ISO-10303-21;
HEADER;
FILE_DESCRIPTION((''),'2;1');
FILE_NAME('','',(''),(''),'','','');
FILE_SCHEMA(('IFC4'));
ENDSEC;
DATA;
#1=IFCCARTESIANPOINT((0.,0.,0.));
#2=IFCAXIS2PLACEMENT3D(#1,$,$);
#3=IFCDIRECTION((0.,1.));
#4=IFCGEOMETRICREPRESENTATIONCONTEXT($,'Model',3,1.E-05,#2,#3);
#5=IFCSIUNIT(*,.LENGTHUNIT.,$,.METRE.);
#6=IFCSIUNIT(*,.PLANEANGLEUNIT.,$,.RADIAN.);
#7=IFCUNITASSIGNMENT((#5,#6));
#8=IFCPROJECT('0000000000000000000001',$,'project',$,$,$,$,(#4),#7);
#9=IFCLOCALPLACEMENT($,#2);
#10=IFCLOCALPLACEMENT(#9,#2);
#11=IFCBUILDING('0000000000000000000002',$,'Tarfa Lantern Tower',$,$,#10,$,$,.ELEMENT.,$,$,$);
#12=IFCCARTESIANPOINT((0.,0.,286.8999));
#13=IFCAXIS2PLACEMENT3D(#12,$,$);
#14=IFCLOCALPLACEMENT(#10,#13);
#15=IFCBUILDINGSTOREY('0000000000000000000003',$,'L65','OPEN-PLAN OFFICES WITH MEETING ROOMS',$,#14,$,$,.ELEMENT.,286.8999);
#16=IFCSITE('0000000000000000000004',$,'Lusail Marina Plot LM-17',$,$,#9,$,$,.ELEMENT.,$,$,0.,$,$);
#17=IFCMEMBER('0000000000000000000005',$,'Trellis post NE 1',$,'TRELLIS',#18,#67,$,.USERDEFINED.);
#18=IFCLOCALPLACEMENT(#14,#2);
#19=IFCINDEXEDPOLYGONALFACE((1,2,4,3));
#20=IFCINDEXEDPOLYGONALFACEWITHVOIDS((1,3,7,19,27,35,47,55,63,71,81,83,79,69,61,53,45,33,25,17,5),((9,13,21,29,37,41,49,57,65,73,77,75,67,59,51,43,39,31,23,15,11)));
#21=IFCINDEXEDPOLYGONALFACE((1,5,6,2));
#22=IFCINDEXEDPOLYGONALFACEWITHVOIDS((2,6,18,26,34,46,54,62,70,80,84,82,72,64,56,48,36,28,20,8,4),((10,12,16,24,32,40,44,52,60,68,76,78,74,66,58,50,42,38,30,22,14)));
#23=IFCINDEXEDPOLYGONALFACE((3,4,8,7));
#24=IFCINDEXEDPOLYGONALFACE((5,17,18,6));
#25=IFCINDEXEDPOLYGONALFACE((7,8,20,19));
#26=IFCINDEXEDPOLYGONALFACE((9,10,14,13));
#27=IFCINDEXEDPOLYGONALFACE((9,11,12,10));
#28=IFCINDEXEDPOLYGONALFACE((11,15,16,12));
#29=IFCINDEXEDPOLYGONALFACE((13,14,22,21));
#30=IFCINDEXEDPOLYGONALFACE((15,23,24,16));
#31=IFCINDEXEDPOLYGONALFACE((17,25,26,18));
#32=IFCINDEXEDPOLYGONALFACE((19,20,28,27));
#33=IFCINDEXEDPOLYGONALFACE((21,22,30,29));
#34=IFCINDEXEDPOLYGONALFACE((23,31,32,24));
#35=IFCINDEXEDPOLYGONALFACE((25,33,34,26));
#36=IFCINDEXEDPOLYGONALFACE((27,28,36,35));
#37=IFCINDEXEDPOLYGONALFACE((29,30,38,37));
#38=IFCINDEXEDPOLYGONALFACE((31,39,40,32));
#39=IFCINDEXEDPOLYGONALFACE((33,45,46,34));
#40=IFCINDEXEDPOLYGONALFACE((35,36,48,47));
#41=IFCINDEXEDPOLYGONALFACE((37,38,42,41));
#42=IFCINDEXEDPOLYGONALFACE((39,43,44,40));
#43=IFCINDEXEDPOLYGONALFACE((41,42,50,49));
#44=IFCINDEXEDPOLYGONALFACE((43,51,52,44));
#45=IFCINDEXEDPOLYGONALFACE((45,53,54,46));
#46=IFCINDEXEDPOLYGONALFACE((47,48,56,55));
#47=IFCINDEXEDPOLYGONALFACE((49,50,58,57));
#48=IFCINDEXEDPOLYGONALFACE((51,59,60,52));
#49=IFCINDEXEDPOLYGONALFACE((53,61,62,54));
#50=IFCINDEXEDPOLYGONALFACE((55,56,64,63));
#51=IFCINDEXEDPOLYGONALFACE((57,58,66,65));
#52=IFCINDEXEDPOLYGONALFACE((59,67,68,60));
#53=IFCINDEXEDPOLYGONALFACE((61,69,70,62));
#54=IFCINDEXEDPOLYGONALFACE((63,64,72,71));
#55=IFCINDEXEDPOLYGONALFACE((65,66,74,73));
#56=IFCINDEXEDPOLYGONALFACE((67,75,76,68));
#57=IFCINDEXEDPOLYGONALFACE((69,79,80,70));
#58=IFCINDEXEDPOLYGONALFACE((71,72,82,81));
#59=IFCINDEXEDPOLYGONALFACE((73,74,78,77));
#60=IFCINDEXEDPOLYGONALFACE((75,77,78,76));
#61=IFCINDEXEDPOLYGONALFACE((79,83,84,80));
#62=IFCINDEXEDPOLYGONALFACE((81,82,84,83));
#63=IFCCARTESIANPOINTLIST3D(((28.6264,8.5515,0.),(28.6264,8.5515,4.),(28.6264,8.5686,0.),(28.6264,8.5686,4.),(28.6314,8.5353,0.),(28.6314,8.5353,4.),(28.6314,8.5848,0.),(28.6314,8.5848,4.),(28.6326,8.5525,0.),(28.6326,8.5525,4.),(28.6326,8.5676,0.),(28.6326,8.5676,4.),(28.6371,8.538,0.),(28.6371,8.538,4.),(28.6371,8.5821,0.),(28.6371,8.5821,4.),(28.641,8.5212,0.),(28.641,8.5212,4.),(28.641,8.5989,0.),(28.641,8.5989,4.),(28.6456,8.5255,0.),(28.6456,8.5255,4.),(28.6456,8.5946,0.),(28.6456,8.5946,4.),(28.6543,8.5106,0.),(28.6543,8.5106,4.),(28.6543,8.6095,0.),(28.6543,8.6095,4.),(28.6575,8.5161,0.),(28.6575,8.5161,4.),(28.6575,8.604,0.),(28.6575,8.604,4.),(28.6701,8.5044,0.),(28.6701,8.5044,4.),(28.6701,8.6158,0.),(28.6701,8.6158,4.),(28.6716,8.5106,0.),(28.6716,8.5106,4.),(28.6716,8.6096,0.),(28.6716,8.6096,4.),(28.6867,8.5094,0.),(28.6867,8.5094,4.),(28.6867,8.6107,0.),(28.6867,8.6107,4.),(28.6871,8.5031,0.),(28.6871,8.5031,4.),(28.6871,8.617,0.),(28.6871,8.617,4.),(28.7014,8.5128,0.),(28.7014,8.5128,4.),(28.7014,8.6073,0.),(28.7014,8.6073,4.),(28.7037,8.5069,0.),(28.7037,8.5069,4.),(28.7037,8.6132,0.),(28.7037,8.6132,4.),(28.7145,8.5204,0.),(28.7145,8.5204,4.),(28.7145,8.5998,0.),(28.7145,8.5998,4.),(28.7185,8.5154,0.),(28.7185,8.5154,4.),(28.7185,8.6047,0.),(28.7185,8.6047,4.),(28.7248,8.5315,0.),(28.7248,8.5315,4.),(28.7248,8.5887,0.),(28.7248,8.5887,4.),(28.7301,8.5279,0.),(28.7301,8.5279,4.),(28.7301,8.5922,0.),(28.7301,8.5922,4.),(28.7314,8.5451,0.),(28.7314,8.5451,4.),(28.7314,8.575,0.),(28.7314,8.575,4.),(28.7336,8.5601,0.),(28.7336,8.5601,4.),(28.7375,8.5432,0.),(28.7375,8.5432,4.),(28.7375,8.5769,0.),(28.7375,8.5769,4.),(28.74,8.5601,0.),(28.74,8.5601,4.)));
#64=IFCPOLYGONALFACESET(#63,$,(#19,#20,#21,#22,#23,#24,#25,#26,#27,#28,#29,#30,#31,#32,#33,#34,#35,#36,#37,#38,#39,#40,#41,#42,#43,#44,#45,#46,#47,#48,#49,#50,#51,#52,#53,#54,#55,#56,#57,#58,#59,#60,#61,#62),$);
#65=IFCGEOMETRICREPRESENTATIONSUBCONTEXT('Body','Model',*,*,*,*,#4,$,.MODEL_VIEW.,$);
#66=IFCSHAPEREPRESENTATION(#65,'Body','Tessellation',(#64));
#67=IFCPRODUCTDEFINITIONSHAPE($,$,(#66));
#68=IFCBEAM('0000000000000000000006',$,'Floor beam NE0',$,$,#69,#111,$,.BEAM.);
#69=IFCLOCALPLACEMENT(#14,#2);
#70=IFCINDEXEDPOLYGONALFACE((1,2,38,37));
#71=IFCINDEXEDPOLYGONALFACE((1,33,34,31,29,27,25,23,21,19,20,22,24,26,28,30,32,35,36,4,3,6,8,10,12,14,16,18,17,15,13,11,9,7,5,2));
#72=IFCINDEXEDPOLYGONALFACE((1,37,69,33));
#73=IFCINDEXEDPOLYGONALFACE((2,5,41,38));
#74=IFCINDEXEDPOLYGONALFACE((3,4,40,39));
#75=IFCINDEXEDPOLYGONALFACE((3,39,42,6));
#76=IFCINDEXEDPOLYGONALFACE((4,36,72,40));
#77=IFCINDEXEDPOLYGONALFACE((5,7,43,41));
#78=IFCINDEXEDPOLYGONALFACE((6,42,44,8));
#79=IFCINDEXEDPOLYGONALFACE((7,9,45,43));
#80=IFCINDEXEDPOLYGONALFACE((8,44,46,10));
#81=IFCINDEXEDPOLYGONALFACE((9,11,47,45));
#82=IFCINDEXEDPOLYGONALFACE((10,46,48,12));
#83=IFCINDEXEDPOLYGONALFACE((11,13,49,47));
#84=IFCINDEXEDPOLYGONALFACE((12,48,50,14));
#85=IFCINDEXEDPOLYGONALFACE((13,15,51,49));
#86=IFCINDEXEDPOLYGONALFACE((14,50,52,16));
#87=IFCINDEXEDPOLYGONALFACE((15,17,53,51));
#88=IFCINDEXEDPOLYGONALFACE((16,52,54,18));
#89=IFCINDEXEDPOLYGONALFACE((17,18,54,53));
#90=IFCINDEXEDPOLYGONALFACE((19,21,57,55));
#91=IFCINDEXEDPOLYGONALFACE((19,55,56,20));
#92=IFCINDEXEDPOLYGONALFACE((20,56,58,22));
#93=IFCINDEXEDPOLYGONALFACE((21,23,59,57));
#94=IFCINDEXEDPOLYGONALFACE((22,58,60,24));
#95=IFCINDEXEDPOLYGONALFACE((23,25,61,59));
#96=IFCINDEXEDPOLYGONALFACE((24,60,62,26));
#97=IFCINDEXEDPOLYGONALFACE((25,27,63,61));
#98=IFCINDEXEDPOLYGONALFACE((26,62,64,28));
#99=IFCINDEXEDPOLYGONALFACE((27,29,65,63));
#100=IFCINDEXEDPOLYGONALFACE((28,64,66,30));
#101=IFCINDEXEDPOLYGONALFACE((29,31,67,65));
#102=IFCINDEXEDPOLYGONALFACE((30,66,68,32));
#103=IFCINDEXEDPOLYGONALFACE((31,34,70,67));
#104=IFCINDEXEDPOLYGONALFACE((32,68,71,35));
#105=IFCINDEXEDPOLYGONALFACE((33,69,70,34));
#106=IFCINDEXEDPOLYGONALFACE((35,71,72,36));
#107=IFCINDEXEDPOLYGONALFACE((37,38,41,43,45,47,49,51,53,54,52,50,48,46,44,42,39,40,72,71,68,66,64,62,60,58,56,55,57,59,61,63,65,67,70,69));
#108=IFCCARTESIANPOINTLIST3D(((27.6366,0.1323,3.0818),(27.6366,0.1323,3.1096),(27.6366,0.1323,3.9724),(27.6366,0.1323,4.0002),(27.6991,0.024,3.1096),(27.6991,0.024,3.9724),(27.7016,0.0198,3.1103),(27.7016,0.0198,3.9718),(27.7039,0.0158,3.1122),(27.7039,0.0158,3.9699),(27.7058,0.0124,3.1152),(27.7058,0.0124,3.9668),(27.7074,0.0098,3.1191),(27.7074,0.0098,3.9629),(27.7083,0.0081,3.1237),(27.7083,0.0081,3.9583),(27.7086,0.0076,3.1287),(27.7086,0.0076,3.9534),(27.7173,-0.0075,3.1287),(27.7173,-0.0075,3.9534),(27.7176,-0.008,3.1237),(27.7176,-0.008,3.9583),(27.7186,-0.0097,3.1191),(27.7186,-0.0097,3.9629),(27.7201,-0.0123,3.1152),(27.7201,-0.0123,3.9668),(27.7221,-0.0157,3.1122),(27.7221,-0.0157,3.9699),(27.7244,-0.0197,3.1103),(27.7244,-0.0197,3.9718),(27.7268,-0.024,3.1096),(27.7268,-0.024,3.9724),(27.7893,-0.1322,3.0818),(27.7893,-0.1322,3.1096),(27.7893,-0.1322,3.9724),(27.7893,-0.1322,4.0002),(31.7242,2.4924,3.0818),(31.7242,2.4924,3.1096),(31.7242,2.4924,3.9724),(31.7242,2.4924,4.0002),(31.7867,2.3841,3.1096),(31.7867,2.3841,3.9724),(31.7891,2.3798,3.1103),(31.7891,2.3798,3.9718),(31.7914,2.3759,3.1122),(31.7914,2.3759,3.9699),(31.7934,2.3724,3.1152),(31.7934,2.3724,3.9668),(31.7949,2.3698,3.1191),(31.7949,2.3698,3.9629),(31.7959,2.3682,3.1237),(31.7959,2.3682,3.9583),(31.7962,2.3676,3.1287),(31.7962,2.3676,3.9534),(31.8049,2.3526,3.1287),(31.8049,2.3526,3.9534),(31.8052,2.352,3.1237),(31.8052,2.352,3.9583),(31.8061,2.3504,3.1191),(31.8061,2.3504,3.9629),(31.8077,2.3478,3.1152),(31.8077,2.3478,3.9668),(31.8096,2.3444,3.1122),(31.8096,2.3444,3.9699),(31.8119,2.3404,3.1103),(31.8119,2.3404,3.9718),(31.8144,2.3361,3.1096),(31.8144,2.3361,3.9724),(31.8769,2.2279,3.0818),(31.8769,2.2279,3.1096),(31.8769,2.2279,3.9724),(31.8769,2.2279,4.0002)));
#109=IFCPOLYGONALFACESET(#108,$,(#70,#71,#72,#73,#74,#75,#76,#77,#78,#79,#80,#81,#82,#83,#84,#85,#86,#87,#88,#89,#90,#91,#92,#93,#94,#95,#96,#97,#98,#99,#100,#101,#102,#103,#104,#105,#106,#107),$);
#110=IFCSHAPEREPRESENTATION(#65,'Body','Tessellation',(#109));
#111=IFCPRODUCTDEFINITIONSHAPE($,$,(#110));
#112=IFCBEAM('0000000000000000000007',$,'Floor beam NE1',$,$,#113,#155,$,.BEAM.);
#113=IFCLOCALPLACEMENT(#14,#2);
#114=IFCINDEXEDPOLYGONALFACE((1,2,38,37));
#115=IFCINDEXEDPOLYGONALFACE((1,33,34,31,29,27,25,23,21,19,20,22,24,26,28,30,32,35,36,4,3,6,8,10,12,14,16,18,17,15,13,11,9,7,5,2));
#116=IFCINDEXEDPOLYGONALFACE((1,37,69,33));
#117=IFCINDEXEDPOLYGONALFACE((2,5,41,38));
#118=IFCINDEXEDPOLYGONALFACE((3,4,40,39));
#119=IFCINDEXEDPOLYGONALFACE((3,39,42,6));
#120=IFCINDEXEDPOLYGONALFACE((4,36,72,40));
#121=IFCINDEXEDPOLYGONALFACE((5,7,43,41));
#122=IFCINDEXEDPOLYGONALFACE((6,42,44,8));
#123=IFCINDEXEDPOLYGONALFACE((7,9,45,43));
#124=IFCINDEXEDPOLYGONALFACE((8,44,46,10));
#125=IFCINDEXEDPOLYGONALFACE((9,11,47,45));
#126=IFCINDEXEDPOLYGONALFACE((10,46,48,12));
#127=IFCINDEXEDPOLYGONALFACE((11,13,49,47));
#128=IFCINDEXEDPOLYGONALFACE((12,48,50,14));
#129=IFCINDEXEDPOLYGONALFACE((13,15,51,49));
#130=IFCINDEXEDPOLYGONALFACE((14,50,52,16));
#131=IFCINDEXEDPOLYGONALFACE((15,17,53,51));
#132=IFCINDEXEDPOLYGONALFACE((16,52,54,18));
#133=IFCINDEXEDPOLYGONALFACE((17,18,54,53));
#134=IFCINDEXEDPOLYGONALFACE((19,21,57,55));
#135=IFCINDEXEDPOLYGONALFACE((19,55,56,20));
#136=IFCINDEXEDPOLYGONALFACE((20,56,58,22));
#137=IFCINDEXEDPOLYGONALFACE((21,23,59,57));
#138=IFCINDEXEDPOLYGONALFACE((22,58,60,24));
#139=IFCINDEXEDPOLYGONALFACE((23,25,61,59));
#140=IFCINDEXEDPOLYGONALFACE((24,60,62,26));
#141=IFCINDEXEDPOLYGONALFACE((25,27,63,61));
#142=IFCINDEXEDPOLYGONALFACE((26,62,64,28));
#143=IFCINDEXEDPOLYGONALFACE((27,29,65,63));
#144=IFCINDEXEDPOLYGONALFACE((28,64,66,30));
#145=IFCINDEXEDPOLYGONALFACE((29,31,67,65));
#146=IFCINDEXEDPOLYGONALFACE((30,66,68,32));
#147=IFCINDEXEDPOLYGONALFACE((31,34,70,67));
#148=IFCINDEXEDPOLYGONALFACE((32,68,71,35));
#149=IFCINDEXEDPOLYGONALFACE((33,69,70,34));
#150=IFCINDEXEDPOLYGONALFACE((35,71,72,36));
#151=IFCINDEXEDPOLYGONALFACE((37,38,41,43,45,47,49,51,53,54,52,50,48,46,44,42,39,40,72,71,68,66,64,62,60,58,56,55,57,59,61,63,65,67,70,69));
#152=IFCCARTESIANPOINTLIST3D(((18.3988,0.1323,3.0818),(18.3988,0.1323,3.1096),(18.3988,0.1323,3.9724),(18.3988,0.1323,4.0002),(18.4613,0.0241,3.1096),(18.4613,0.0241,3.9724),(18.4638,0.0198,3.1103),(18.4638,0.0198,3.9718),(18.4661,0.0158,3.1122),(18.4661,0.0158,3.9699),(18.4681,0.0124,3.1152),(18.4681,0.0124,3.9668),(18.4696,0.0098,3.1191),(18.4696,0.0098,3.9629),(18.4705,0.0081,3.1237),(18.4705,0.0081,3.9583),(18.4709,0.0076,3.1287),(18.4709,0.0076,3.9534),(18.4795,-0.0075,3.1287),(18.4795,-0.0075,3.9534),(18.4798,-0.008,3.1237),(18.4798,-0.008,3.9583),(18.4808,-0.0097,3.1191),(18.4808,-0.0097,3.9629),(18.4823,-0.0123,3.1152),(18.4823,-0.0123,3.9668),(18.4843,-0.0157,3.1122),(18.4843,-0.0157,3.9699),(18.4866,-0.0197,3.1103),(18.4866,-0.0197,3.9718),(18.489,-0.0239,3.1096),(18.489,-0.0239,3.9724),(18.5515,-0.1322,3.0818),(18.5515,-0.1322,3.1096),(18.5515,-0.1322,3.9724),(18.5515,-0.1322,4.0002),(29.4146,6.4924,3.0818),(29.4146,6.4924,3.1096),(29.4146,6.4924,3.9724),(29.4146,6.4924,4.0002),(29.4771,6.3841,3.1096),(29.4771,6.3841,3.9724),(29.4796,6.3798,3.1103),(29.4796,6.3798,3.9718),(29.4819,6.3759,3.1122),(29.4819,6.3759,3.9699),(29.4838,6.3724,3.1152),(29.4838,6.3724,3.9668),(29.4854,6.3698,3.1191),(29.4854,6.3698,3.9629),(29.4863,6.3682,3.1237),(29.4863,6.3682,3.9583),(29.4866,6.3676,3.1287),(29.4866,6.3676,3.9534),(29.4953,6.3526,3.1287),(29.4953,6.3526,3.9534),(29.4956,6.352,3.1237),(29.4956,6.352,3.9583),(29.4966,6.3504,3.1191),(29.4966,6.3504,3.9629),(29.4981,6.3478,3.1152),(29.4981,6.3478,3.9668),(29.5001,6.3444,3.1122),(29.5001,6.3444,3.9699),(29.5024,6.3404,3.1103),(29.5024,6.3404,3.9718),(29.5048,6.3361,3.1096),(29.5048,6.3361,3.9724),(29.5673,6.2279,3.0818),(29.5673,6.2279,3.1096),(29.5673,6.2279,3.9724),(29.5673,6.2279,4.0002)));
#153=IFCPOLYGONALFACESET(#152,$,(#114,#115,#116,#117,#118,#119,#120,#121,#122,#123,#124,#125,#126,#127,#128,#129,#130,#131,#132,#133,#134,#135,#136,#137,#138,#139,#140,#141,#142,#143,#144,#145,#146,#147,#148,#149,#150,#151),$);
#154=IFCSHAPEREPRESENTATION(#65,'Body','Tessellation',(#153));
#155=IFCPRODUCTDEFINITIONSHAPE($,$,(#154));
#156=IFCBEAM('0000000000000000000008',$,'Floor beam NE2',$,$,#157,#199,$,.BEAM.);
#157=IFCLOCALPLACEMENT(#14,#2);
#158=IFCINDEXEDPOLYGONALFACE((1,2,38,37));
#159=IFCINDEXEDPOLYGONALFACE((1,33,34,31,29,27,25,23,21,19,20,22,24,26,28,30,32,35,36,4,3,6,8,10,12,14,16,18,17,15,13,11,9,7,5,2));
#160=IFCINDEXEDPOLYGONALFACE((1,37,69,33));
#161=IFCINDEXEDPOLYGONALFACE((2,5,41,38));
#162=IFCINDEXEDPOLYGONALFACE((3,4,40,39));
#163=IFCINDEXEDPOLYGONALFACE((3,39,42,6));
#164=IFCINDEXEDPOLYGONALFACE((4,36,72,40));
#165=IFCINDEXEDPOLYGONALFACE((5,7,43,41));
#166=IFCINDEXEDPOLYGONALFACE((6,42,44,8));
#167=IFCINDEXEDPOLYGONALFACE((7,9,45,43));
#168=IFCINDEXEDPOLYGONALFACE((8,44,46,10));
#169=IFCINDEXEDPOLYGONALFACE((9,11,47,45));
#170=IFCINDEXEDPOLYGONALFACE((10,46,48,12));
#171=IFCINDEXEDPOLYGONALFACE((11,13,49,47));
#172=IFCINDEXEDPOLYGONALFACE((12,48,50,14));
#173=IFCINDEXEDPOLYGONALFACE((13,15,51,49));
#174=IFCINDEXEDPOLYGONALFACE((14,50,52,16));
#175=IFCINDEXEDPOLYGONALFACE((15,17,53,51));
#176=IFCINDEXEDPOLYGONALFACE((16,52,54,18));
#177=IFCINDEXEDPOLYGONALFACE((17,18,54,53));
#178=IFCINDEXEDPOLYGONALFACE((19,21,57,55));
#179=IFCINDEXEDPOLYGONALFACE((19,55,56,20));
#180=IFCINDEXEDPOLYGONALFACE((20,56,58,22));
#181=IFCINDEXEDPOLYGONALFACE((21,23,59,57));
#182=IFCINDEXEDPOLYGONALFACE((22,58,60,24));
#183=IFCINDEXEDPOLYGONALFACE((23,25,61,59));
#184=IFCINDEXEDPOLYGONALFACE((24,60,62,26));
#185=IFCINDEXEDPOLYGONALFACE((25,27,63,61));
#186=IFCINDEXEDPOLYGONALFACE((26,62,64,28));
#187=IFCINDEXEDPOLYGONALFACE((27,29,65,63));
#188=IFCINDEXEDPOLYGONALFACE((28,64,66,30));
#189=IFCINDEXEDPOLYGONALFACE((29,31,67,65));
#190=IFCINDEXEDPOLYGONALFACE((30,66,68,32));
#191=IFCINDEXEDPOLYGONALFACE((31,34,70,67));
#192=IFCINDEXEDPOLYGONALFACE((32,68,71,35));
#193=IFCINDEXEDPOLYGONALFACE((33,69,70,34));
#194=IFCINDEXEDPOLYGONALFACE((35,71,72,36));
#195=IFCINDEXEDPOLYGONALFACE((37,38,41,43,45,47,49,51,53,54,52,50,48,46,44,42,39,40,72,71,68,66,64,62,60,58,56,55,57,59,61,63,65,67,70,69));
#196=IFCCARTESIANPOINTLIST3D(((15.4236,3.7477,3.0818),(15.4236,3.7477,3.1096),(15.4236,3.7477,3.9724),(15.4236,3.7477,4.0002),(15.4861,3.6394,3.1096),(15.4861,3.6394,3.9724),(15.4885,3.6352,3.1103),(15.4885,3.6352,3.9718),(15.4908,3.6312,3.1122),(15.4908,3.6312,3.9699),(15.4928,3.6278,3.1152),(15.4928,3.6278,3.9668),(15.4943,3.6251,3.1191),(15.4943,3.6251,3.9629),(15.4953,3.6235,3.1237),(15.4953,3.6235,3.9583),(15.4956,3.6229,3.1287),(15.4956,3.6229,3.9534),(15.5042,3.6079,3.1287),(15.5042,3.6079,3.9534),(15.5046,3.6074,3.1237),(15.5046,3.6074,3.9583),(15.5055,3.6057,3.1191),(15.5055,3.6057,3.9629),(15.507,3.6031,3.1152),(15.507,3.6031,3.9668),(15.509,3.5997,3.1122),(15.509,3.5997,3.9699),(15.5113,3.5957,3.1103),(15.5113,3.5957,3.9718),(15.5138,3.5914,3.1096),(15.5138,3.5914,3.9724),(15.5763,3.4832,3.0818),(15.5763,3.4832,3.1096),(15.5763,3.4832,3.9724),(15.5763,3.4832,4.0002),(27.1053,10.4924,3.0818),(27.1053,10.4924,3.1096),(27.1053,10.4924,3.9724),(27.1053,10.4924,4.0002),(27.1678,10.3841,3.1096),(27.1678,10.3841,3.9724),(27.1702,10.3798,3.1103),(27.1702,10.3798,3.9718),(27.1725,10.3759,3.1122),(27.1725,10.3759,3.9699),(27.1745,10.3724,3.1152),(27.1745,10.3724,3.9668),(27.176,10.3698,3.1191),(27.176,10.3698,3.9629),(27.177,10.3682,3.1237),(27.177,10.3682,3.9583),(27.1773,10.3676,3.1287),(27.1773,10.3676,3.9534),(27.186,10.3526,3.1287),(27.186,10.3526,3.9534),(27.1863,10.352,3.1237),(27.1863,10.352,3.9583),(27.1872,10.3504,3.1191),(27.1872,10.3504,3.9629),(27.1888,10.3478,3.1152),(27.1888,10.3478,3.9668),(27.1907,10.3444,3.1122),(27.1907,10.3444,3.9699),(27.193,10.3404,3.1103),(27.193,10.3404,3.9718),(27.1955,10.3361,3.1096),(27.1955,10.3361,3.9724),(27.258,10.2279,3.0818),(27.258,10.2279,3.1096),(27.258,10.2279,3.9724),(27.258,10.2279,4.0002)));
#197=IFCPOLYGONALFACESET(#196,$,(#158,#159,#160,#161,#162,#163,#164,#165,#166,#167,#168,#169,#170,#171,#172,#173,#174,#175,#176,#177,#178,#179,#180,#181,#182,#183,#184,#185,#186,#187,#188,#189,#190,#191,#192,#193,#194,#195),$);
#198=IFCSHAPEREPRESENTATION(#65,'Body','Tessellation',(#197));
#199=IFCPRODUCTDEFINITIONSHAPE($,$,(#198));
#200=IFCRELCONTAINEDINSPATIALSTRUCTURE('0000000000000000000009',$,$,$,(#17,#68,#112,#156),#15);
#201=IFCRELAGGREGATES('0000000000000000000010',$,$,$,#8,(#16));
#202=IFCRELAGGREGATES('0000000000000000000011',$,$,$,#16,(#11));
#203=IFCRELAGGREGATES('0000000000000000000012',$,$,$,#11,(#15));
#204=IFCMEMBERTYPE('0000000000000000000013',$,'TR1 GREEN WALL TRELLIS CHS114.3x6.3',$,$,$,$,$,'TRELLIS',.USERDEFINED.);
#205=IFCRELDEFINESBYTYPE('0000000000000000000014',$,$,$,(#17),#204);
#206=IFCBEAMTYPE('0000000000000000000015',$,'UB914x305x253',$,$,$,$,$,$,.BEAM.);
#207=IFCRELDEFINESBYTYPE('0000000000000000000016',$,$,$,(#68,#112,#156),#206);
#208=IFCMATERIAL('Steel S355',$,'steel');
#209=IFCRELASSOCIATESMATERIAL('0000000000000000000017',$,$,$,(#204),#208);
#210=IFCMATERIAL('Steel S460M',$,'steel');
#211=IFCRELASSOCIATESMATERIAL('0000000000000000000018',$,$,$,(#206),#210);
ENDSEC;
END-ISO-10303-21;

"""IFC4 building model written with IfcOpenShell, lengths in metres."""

from ifc_helpers import new_model, si_unit, direction, frame, origin, origin_2d, place, context, subcontext, project, spatial, hollow_circle, i_section, extrude, material, material_profile, profile_set, type_object, element, save


model = new_model("IFC4")

# Units and contexts
model_context = context("Model", 3, precision=1e-05, world=origin(), true_north=direction((0.0, 1.0)))
body_context = subcontext(model_context, "Body", "Model", "MODEL_VIEW")
ifc_project = project(units=[si_unit("LENGTHUNIT", "METRE"), si_unit("PLANEANGLEUNIT", "RADIAN")], contexts=[model_context])

# Site, building, storey
site_placement = place(None, origin())
site = spatial("IfcSite", under=ifc_project, at=site_placement, Name="Lusail Marina Plot LM-17", CompositionType="ELEMENT", RefElevation=0.0)
building_placement = place(site_placement, origin())
building = spatial("IfcBuilding", under=site, at=building_placement, Name="Tarfa Lantern Tower", CompositionType="ELEMENT")
storey_placement = place(building_placement, frame((0.0, 0.0, 286.8999)))
storey = spatial("IfcBuildingStorey", under=building, at=storey_placement, Name="L65", Description="OPEN-PLAN OFFICES WITH MEETING ROOMS", CompositionType="ELEMENT", Elevation=286.8999)

# Member
ifc_material_1 = material(Name="Steel S355", Category="steel")
ifc_material_profile_1 = material_profile(ifc_material_1, hollow_circle(Radius=0.0571, WallThickness=0.0063, at=origin_2d()), Name="CHS114.3x6.3")
ifc_profile_set_1 = profile_set([ifc_material_profile_1], Name="Steel S355")
member_type_1 = type_object("IfcMemberType", Name="TR1 GREEN WALL TRELLIS CHS114.3x6.3", ElementType="TRELLIS", PredefinedType="USERDEFINED", material=ifc_profile_set_1)
member_1_placement = place(storey_placement, frame((28.6829, 8.5601, 0.0), z_axis=(0.0, 0.0, 1.0), x_axis=(1.0, 0.0, 0.0)))
element("IfcMember", 1, at=member_1_placement, inside=storey, type_object=member_type_1, Name="Trellis post NE 1", ObjectType="TRELLIS", PredefinedType="USERDEFINED", context=body_context, shape_type="SweptSolid", body=[
    extrude(hollow_circle(Radius=0.0571, WallThickness=0.0063, at=origin_2d()), origin(), (0.0, 0.0, 1.0), 4.0),
])

# Beams
ifc_material_2 = material(Name="Steel S460M", Category="steel")
ifc_material_profile_2 = material_profile(ifc_material_2, i_section(OverallWidth=0.3054, OverallDepth=0.9185, WebThickness=0.0173, FlangeThickness=0.0278, FilletRadius=0.019, at=origin_2d()), Name="UB914x305x253")
ifc_profile_set_2 = profile_set([ifc_material_profile_2], Name="Steel S460M")
beam_type_1 = type_object("IfcBeamType", Name="UB914x305x253", PredefinedType="BEAM", material=ifc_profile_set_2)
beam_1_placement = place(storey_placement, frame((31.8005, 2.3601, 3.541), z_axis=(-0.866016, -0.500016, 0.0), x_axis=(0.500016, -0.866016, 0.0)))
element("IfcBeam", 2, at=beam_1_placement, inside=storey, type_object=beam_type_1, Name="Floor beam NE0", PredefinedType="BEAM", context=body_context, shape_type="SweptSolid", body=[
    extrude(i_section(OverallWidth=0.3054, OverallDepth=0.9185, WebThickness=0.0173, FlangeThickness=0.0278, FilletRadius=0.019, at=origin_2d()), origin(), (0.0, 0.0, 1.0), 4.72),
])
beam_2_placement = place(storey_placement, frame((29.491, 6.3601, 3.541), z_axis=(-0.866022, -0.500005, 0.0), x_axis=(0.500005, -0.866022, 0.0)))
element("IfcBeam", 3, at=beam_2_placement, inside=storey, type_object=beam_type_1, Name="Floor beam NE1", PredefinedType="BEAM", context=body_context, shape_type="SweptSolid", body=[
    extrude(i_section(OverallWidth=0.3054, OverallDepth=0.9185, WebThickness=0.0173, FlangeThickness=0.0278, FilletRadius=0.019, at=origin_2d()), origin(), (0.0, 0.0, 1.0), 12.72),
])
beam_3_placement = place(storey_placement, frame((27.1816, 10.3601, 3.541), z_axis=(-0.866018, -0.500013, 0.0), x_axis=(0.500013, -0.866018, 0.0)))
element("IfcBeam", 4, at=beam_3_placement, inside=storey, type_object=beam_type_1, Name="Floor beam NE2", PredefinedType="BEAM", context=body_context, shape_type="SweptSolid", body=[
    extrude(i_section(OverallWidth=0.3054, OverallDepth=0.9185, WebThickness=0.0173, FlangeThickness=0.0278, FilletRadius=0.019, at=origin_2d()), origin(), (0.0, 0.0, 1.0), 13.489),
])

save(model, "model.ifc")
